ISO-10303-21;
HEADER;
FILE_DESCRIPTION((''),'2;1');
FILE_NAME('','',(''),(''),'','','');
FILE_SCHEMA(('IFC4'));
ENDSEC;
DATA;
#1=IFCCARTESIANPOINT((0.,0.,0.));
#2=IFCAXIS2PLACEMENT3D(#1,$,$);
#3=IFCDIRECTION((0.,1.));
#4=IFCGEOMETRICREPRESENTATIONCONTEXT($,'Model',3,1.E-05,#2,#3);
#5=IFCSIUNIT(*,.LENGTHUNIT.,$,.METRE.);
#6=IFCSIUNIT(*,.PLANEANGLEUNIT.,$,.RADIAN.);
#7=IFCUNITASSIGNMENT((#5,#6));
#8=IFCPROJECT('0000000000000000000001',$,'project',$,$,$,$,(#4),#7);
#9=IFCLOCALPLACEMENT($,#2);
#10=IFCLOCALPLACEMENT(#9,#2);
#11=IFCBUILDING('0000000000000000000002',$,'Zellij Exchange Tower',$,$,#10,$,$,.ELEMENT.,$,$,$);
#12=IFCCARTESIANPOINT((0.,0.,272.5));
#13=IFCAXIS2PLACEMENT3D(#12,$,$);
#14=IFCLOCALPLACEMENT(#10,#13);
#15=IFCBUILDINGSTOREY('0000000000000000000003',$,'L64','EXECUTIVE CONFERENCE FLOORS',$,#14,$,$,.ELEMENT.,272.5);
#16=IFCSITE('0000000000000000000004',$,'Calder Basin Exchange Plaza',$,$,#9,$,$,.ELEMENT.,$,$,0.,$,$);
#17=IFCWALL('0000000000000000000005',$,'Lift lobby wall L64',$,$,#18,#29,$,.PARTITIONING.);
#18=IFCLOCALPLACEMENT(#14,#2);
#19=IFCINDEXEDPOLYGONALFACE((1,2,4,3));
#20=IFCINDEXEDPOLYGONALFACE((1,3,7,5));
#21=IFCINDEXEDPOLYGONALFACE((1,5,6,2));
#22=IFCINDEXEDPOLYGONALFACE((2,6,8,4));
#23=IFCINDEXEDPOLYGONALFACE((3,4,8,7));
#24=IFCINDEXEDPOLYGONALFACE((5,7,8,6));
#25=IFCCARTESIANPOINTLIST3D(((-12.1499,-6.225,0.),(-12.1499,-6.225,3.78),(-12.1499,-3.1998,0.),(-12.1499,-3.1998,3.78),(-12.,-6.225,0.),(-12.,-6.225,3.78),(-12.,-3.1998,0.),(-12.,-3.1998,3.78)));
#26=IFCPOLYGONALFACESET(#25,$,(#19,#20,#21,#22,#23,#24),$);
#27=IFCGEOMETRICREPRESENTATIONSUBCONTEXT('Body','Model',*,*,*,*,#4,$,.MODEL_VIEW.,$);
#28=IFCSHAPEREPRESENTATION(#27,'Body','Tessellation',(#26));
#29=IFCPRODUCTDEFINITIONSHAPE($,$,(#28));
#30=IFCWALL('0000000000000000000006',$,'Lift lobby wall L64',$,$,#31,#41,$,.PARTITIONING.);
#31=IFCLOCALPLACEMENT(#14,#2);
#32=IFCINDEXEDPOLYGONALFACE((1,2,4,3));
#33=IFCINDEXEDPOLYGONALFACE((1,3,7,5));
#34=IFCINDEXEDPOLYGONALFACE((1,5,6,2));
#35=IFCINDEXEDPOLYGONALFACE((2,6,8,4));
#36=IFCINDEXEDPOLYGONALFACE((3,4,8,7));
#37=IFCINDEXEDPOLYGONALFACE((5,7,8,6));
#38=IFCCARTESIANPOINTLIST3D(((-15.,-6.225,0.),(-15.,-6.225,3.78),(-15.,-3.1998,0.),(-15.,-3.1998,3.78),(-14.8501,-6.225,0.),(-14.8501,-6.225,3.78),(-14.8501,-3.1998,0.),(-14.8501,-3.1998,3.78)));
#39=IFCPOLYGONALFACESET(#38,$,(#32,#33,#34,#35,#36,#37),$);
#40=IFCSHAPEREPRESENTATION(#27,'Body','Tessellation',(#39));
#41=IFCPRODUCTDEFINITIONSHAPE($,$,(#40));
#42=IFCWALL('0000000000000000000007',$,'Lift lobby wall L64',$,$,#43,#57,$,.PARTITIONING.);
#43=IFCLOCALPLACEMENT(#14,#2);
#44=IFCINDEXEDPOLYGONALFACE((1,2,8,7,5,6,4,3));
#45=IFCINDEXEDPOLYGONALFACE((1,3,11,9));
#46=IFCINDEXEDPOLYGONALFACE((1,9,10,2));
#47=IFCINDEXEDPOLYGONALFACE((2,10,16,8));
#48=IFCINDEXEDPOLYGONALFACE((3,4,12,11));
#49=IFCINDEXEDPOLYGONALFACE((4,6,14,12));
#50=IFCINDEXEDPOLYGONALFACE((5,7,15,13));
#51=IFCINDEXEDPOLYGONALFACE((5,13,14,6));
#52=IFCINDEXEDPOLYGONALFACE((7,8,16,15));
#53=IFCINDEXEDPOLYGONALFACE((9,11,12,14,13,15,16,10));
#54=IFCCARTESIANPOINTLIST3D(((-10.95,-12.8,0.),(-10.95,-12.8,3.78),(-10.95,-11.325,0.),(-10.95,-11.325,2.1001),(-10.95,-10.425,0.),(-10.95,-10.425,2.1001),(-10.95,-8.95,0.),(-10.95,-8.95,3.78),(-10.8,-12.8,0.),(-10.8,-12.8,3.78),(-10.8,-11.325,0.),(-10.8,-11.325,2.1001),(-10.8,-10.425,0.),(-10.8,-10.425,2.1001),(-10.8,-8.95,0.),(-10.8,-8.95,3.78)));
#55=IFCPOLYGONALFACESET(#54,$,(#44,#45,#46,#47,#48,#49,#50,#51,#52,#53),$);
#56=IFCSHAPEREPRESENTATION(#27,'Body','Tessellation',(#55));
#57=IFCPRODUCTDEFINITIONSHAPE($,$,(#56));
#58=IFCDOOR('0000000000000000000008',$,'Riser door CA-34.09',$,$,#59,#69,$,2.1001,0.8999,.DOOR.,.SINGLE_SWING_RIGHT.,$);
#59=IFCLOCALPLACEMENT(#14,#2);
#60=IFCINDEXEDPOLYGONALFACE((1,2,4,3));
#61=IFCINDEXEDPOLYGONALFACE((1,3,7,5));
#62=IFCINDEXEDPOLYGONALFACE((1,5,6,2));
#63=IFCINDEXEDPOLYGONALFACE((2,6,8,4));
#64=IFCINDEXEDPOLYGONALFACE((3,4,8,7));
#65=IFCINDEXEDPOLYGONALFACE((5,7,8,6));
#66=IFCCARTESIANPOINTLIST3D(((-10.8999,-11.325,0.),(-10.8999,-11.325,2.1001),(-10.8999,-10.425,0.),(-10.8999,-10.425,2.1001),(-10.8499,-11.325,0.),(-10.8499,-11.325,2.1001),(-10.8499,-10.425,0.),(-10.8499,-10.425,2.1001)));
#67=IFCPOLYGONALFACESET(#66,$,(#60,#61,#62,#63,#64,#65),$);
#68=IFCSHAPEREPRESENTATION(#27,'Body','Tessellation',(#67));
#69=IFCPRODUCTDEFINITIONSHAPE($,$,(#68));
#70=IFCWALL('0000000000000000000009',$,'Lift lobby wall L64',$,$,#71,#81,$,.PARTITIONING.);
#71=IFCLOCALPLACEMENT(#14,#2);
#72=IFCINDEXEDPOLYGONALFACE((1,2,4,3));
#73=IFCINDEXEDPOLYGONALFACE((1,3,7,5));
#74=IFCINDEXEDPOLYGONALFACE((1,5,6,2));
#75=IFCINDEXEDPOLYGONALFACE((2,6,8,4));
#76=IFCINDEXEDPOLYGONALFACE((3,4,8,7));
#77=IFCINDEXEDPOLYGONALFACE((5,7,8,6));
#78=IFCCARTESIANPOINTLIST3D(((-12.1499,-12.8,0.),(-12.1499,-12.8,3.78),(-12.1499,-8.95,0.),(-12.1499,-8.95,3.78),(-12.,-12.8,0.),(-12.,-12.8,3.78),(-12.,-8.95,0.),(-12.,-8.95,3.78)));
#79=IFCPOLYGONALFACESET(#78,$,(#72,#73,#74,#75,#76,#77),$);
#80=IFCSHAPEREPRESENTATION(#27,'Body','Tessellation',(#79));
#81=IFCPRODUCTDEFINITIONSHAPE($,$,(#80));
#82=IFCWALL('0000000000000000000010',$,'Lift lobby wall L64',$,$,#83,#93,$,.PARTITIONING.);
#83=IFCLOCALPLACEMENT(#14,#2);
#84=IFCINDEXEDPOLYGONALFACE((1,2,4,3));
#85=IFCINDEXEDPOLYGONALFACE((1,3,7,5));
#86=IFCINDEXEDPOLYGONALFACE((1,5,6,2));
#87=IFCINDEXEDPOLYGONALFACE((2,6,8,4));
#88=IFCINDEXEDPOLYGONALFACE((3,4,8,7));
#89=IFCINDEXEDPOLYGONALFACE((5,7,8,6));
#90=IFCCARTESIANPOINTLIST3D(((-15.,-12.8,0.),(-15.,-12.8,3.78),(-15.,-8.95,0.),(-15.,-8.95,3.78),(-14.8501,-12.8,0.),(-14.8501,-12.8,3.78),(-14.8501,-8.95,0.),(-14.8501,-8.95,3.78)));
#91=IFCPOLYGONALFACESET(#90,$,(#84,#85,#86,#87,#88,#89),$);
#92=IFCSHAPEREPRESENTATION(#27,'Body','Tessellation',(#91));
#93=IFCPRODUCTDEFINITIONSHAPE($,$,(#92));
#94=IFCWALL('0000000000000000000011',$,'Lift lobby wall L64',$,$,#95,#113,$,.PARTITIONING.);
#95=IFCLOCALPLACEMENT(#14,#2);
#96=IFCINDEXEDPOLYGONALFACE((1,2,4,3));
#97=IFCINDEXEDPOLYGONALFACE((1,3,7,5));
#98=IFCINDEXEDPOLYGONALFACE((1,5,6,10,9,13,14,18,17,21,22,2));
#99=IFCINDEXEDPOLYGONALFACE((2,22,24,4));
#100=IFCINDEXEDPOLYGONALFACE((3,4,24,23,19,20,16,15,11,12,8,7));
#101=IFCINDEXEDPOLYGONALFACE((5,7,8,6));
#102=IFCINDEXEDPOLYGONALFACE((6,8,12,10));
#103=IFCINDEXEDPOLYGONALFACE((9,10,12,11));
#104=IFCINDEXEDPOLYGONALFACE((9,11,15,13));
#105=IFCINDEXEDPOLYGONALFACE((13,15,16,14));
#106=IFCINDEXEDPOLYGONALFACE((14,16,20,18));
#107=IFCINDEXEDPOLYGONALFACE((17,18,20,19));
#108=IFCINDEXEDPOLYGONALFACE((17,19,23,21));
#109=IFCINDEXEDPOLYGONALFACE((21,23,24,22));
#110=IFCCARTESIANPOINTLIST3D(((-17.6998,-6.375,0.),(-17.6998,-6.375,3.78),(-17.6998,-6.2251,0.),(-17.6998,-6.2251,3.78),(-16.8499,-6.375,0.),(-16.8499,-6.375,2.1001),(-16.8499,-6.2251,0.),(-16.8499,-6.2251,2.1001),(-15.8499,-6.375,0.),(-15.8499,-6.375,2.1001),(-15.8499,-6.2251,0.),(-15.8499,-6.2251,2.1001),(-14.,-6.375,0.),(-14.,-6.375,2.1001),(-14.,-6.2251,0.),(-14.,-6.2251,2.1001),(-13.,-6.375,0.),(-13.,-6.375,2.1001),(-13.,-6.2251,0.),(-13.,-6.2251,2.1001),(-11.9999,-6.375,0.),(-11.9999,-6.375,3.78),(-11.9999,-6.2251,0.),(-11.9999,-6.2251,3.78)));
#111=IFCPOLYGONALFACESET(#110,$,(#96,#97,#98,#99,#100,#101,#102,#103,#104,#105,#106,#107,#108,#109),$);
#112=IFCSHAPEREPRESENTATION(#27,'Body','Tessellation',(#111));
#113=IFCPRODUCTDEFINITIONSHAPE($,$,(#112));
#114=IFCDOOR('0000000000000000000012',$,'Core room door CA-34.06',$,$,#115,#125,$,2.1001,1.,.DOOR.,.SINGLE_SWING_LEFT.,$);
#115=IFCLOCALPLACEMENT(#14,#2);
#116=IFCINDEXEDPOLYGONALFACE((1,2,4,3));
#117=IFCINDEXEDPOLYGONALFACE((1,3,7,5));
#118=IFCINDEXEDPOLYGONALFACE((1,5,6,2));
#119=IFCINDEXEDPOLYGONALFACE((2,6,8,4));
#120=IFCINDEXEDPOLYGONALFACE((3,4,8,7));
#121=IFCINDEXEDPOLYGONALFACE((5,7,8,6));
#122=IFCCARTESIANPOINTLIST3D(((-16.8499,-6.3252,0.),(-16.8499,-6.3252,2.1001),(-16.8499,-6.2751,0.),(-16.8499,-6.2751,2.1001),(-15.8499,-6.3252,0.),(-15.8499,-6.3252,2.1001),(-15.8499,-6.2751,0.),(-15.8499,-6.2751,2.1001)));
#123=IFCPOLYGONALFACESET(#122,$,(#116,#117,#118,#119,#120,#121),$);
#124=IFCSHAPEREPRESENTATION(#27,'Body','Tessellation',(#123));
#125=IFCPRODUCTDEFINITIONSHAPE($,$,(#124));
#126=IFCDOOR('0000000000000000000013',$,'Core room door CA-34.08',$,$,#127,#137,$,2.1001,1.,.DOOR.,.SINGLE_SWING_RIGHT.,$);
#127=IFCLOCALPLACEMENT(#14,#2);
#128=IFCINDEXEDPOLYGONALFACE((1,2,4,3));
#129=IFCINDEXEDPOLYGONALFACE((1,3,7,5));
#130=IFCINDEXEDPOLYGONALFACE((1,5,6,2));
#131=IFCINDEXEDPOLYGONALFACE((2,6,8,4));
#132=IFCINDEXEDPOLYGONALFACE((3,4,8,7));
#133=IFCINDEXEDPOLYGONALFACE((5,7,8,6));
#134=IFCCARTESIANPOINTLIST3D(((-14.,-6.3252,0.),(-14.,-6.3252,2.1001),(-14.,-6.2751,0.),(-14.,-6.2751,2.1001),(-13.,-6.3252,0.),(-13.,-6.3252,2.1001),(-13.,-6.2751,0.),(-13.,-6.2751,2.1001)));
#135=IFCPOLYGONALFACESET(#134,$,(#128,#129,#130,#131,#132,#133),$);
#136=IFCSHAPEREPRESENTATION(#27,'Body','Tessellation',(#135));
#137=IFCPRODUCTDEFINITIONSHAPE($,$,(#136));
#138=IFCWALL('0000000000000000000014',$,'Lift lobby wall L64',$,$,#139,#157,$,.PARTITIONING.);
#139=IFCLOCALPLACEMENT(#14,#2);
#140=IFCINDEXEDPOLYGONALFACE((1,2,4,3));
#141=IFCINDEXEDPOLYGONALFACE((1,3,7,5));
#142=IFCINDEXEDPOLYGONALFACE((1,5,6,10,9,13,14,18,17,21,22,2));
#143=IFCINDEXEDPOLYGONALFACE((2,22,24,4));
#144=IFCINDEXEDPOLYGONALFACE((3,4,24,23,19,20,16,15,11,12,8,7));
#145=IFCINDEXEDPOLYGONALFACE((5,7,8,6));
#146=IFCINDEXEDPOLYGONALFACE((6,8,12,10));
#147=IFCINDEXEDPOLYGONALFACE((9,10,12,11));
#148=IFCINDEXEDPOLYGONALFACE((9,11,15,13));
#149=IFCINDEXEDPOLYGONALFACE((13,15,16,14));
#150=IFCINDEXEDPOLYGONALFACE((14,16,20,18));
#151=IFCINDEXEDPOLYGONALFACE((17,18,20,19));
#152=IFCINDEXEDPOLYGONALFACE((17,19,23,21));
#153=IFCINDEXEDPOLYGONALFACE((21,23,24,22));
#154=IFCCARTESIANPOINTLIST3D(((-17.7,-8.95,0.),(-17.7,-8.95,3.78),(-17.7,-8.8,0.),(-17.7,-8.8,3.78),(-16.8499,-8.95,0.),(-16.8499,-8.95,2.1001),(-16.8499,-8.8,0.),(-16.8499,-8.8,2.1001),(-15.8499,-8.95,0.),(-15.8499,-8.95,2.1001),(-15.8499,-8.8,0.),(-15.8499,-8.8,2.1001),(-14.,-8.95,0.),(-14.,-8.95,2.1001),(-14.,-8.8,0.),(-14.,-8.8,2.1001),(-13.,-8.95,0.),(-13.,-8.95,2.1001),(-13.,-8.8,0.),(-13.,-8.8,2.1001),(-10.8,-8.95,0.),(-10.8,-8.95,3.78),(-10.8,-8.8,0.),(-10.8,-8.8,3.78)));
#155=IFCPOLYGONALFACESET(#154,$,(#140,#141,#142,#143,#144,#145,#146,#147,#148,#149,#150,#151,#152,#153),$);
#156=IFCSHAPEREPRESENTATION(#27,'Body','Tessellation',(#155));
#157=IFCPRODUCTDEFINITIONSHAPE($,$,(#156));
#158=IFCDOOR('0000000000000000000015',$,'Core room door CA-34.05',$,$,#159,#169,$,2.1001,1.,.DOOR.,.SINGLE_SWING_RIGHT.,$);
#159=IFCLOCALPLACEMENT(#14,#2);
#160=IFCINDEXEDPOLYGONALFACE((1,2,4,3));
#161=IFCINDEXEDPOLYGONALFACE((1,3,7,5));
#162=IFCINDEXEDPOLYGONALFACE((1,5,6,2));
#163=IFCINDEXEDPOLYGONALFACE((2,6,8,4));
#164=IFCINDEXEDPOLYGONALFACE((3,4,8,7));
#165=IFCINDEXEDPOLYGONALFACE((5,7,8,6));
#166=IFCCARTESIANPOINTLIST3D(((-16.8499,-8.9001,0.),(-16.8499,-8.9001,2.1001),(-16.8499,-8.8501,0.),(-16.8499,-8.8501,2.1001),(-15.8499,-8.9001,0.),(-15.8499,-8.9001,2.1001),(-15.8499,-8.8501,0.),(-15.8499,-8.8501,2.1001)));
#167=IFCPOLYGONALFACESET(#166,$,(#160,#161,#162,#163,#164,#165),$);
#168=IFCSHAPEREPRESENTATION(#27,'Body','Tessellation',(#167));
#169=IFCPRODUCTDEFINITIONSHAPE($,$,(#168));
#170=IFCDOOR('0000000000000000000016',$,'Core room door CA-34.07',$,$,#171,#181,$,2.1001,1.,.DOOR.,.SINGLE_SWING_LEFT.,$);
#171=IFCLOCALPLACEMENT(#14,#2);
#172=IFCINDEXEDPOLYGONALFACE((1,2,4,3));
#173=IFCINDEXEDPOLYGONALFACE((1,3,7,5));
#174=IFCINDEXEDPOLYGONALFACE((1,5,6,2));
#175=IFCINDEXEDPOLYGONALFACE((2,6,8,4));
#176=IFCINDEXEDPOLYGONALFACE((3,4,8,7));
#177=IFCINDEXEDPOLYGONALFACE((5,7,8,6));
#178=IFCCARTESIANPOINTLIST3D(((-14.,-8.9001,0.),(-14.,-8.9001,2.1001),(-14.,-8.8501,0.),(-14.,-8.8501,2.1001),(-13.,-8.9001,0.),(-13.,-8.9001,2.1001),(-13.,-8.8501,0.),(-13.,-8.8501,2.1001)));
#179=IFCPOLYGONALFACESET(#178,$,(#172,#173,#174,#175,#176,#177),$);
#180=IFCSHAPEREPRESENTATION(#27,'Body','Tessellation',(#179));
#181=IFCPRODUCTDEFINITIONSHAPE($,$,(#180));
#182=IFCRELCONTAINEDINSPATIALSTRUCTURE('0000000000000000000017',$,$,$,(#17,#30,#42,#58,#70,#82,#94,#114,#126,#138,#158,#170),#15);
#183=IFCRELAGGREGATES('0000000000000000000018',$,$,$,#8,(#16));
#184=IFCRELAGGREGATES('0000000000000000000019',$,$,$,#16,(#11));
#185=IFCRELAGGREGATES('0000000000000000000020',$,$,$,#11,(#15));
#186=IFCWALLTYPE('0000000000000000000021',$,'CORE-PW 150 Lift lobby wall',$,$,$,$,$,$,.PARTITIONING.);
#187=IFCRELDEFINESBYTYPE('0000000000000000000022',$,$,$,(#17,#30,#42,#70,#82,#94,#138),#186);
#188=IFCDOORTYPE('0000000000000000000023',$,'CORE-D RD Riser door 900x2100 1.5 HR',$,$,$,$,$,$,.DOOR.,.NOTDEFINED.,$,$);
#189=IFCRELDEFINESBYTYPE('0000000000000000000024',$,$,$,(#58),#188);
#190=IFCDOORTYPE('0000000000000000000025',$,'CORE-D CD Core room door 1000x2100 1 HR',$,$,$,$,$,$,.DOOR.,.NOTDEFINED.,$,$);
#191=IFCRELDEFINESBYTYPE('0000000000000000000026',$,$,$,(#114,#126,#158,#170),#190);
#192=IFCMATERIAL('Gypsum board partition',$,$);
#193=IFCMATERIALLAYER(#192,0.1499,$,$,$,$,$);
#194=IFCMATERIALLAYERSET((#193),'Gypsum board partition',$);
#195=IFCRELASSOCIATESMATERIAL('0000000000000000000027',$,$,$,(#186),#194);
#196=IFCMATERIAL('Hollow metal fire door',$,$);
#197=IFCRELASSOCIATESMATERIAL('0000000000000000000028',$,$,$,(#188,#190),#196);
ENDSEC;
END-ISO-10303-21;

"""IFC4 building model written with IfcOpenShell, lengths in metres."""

from ifc_helpers import new_model, si_unit, direction, frame, frame_2d, origin, place, context, subcontext, project, spatial, rectangle, extrude, material, layer, layer_set, type_object, element, fill, save


model = new_model("IFC4")

# Units and contexts
model_context = context("Model", 3, precision=1e-05, world=origin(), true_north=direction((0.0, 1.0)))
body_context = subcontext(model_context, "Body", "Model", "MODEL_VIEW")
ifc_project = project(units=[si_unit("LENGTHUNIT", "METRE"), si_unit("PLANEANGLEUNIT", "RADIAN")], contexts=[model_context])

# Site, building, storey
site_placement = place(None, origin())
site = spatial("IfcSite", under=ifc_project, at=site_placement, Name="Calder Basin Exchange Plaza", CompositionType="ELEMENT", RefElevation=0.0)
building_placement = place(site_placement, origin())
building = spatial("IfcBuilding", under=site, at=building_placement, Name="Zellij Exchange Tower", CompositionType="ELEMENT")
storey_placement = place(building_placement, frame((0.0, 0.0, 272.5)))
storey = spatial("IfcBuildingStorey", under=building, at=storey_placement, Name="L64", Description="EXECUTIVE CONFERENCE FLOORS", CompositionType="ELEMENT", Elevation=272.5)

# Walls
ifc_material_1 = material(Name="Gypsum board partition")
ifc_layer_1 = layer(ifc_material_1, 0.1499)
ifc_layer_set_1 = layer_set([ifc_layer_1], Name="Gypsum board partition")
wall_type_1 = type_object("IfcWallType", Name="CORE-PW 150 Lift lobby wall", PredefinedType="PARTITIONING", material=ifc_layer_set_1)
for number, where, z_axis, x_axis, name in (
    (1, (-12.075, -6.2251, 0.0), (0.0, 0.0, 1.0), (0.0, 1.0, 0.0), "Lift lobby wall L64"),
    (2, (-14.925, -6.2251, 0.0), (0.0, 0.0, 1.0), (0.0, 1.0, 0.0), "Lift lobby wall L64"),
):
    element("IfcWall", number, at=place(storey_placement, frame(where, z_axis=z_axis, x_axis=x_axis)), inside=storey, type_object=wall_type_1, Name=name, PredefinedType="PARTITIONING", context=body_context, shape_type="SweptSolid", body=[
        extrude(rectangle(XDim=3.0251, YDim=0.1499, at=frame_2d((1.5127, 0.0))), origin(), (0.0, 0.0, 1.0), 3.78),
    ])

# Wall, opening, door
wall_1_placement = place(storey_placement, frame((-10.875, -12.8, 0.0), z_axis=(0.0, 0.0, 1.0), x_axis=(0.0, 1.0, 0.0)))
wall_1 = element("IfcWall", 3, at=wall_1_placement, inside=storey, type_object=wall_type_1, Name="Lift lobby wall L64", PredefinedType="PARTITIONING", context=body_context, shape_type="SweptSolid", body=[
    extrude(rectangle(XDim=3.8501, YDim=0.1499, at=frame_2d((1.925, 0.0))), origin(), (0.0, 0.0, 1.0), 3.78),
])
opening_1_placement = place(wall_1_placement, frame((1.4751, 0.0, 0.0)))
opening_1 = element("IfcOpeningElement", 4, at=opening_1_placement, cuts=wall_1, PredefinedType="OPENING", context=body_context, shape_type="SweptSolid", body=[
    extrude(rectangle(XDim=0.8999, YDim=2.1001, at=frame_2d((0.45, 1.05))), frame((0.0, 0.0869, 0.0), z_axis=(0.0, -1.0, 0.0), x_axis=(1.0, 0.0, 0.0)), (0.0, 0.0, 1.0), 0.1738),
])
ifc_material_2 = material(Name="Hollow metal fire door")
door_type_1 = type_object("IfcDoorType", Name="CORE-D RD Riser door 900x2100 1.5 HR", OperationType="NOTDEFINED", PredefinedType="DOOR", material=ifc_material_2)
door_1_placement = place(opening_1_placement, origin())
door_1 = element("IfcDoor", 5, at=door_1_placement, inside=storey, type_object=door_type_1, Name="Riser door CA-34.09", OperationType="SINGLE_SWING_RIGHT", OverallHeight=2.1001, OverallWidth=0.8999, PredefinedType="DOOR", context=body_context, shape_type="SweptSolid", body=[
    extrude(rectangle(XDim=0.8999, YDim=2.1001, at=frame_2d((0.45, 1.05))), frame((0.0, 0.0249, 0.0), z_axis=(0.0, -1.0, 0.0), x_axis=(1.0, 0.0, 0.0)), (0.0, 0.0, 1.0), 0.05),
])
fill(opening_1, door_1)

# Walls
for number, where, z_axis, x_axis, name in (
    (6, (-12.075, -12.8, 0.0), (0.0, 0.0, 1.0), (0.0, 1.0, 0.0), "Lift lobby wall L64"),
    (7, (-14.925, -12.8, 0.0), (0.0, 0.0, 1.0), (0.0, 1.0, 0.0), "Lift lobby wall L64"),
):
    element("IfcWall", number, at=place(storey_placement, frame(where, z_axis=z_axis, x_axis=x_axis)), inside=storey, type_object=wall_type_1, Name=name, PredefinedType="PARTITIONING", context=body_context, shape_type="SweptSolid", body=[
        extrude(rectangle(XDim=3.8501, YDim=0.1499, at=frame_2d((1.925, 0.0))), origin(), (0.0, 0.0, 1.0), 3.78),
    ])

# Walls, openings, doors
wall_2_placement = place(storey_placement, frame((-17.7, -6.3, 0.0), z_axis=(0.0, 0.0, 1.0), x_axis=(1.0, 0.0, 0.0)))
wall_2 = element("IfcWall", 8, at=wall_2_placement, inside=storey, type_object=wall_type_1, Name="Lift lobby wall L64", PredefinedType="PARTITIONING", context=body_context, shape_type="SweptSolid", body=[
    extrude(rectangle(XDim=5.7, YDim=0.1499, at=frame_2d((2.8501, 0.0))), origin(), (0.0, 0.0, 1.0), 3.78),
])
opening_2_placement = place(wall_2_placement, frame((0.8501, 0.0, 0.0)))
opening_2 = element("IfcOpeningElement", 9, at=opening_2_placement, cuts=wall_2, PredefinedType="OPENING", context=body_context, shape_type="SweptSolid", body=[
    extrude(rectangle(XDim=1.0, YDim=2.1001, at=frame_2d((0.5, 1.05))), frame((0.0, 0.0869, 0.0), z_axis=(0.0, -1.0, 0.0), x_axis=(1.0, 0.0, 0.0)), (0.0, 0.0, 1.0), 0.1738),
])
opening_3_placement = place(wall_2_placement, frame((3.7, 0.0, 0.0)))
opening_3 = element("IfcOpeningElement", 10, at=opening_3_placement, cuts=wall_2, PredefinedType="OPENING", context=body_context, shape_type="SweptSolid", body=[
    extrude(rectangle(XDim=1.0, YDim=2.1001, at=frame_2d((0.5, 1.05))), frame((0.0, 0.0869, 0.0), z_axis=(0.0, -1.0, 0.0), x_axis=(1.0, 0.0, 0.0)), (0.0, 0.0, 1.0), 0.1738),
])
door_type_2 = type_object("IfcDoorType", Name="CORE-D CD Core room door 1000x2100 1 HR", OperationType="NOTDEFINED", PredefinedType="DOOR", material=ifc_material_2)
door_2_placement = place(opening_2_placement, origin())
door_2 = element("IfcDoor", 11, at=door_2_placement, inside=storey, type_object=door_type_2, Name="Core room door CA-34.06", OperationType="SINGLE_SWING_LEFT", OverallHeight=2.1001, OverallWidth=1.0, PredefinedType="DOOR", context=body_context, shape_type="SweptSolid", body=[
    extrude(rectangle(XDim=1.0, YDim=2.1001, at=frame_2d((0.5, 1.05))), frame((0.0, 0.0249, 0.0), z_axis=(0.0, -1.0, 0.0), x_axis=(1.0, 0.0, 0.0)), (0.0, 0.0, 1.0), 0.05),
])
fill(opening_2, door_2)
door_3_placement = place(opening_3_placement, origin())
door_3 = element("IfcDoor", 12, at=door_3_placement, inside=storey, type_object=door_type_2, Name="Core room door CA-34.08", OperationType="SINGLE_SWING_RIGHT", OverallHeight=2.1001, OverallWidth=1.0, PredefinedType="DOOR", context=body_context, shape_type="SweptSolid", body=[
    extrude(rectangle(XDim=1.0, YDim=2.1001, at=frame_2d((0.5, 1.05))), frame((0.0, 0.0249, 0.0), z_axis=(0.0, -1.0, 0.0), x_axis=(1.0, 0.0, 0.0)), (0.0, 0.0, 1.0), 0.05),
])
fill(opening_3, door_3)
wall_3_placement = place(storey_placement, frame((-17.7, -8.875, 0.0), z_axis=(0.0, 0.0, 1.0), x_axis=(1.0, 0.0, 0.0)))
wall_3 = element("IfcWall", 13, at=wall_3_placement, inside=storey, type_object=wall_type_1, Name="Lift lobby wall L64", PredefinedType="PARTITIONING", context=body_context, shape_type="SweptSolid", body=[
    extrude(rectangle(XDim=6.8999, YDim=0.1499, at=frame_2d((3.45, 0.0))), origin(), (0.0, 0.0, 1.0), 3.78),
])
opening_4_placement = place(wall_3_placement, frame((0.8501, 0.0, 0.0)))
opening_4 = element("IfcOpeningElement", 14, at=opening_4_placement, cuts=wall_3, PredefinedType="OPENING", context=body_context, shape_type="SweptSolid", body=[
    extrude(rectangle(XDim=1.0, YDim=2.1001, at=frame_2d((0.5, 1.05))), frame((0.0, 0.0869, 0.0), z_axis=(0.0, -1.0, 0.0), x_axis=(1.0, 0.0, 0.0)), (0.0, 0.0, 1.0), 0.1738),
])
opening_5_placement = place(wall_3_placement, frame((3.7, 0.0, 0.0)))
opening_5 = element("IfcOpeningElement", 15, at=opening_5_placement, cuts=wall_3, PredefinedType="OPENING", context=body_context, shape_type="SweptSolid", body=[
    extrude(rectangle(XDim=1.0, YDim=2.1001, at=frame_2d((0.5, 1.05))), frame((0.0, 0.0869, 0.0), z_axis=(0.0, -1.0, 0.0), x_axis=(1.0, 0.0, 0.0)), (0.0, 0.0, 1.0), 0.1738),
])
door_4_placement = place(opening_4_placement, origin())
door_4 = element("IfcDoor", 16, at=door_4_placement, inside=storey, type_object=door_type_2, Name="Core room door CA-34.05", OperationType="SINGLE_SWING_RIGHT", OverallHeight=2.1001, OverallWidth=1.0, PredefinedType="DOOR", context=body_context, shape_type="SweptSolid", body=[
    extrude(rectangle(XDim=1.0, YDim=2.1001, at=frame_2d((0.5, 1.05))), frame((0.0, 0.0249, 0.0), z_axis=(0.0, -1.0, 0.0), x_axis=(1.0, 0.0, 0.0)), (0.0, 0.0, 1.0), 0.05),
])
fill(opening_4, door_4)
door_5_placement = place(opening_5_placement, origin())
door_5 = element("IfcDoor", 17, at=door_5_placement, inside=storey, type_object=door_type_2, Name="Core room door CA-34.07", OperationType="SINGLE_SWING_LEFT", OverallHeight=2.1001, OverallWidth=1.0, PredefinedType="DOOR", context=body_context, shape_type="SweptSolid", body=[
    extrude(rectangle(XDim=1.0, YDim=2.1001, at=frame_2d((0.5, 1.05))), frame((0.0, 0.0249, 0.0), z_axis=(0.0, -1.0, 0.0), x_axis=(1.0, 0.0, 0.0)), (0.0, 0.0, 1.0), 0.05),
])
fill(opening_5, door_5)

save(model, "model.ifc")
